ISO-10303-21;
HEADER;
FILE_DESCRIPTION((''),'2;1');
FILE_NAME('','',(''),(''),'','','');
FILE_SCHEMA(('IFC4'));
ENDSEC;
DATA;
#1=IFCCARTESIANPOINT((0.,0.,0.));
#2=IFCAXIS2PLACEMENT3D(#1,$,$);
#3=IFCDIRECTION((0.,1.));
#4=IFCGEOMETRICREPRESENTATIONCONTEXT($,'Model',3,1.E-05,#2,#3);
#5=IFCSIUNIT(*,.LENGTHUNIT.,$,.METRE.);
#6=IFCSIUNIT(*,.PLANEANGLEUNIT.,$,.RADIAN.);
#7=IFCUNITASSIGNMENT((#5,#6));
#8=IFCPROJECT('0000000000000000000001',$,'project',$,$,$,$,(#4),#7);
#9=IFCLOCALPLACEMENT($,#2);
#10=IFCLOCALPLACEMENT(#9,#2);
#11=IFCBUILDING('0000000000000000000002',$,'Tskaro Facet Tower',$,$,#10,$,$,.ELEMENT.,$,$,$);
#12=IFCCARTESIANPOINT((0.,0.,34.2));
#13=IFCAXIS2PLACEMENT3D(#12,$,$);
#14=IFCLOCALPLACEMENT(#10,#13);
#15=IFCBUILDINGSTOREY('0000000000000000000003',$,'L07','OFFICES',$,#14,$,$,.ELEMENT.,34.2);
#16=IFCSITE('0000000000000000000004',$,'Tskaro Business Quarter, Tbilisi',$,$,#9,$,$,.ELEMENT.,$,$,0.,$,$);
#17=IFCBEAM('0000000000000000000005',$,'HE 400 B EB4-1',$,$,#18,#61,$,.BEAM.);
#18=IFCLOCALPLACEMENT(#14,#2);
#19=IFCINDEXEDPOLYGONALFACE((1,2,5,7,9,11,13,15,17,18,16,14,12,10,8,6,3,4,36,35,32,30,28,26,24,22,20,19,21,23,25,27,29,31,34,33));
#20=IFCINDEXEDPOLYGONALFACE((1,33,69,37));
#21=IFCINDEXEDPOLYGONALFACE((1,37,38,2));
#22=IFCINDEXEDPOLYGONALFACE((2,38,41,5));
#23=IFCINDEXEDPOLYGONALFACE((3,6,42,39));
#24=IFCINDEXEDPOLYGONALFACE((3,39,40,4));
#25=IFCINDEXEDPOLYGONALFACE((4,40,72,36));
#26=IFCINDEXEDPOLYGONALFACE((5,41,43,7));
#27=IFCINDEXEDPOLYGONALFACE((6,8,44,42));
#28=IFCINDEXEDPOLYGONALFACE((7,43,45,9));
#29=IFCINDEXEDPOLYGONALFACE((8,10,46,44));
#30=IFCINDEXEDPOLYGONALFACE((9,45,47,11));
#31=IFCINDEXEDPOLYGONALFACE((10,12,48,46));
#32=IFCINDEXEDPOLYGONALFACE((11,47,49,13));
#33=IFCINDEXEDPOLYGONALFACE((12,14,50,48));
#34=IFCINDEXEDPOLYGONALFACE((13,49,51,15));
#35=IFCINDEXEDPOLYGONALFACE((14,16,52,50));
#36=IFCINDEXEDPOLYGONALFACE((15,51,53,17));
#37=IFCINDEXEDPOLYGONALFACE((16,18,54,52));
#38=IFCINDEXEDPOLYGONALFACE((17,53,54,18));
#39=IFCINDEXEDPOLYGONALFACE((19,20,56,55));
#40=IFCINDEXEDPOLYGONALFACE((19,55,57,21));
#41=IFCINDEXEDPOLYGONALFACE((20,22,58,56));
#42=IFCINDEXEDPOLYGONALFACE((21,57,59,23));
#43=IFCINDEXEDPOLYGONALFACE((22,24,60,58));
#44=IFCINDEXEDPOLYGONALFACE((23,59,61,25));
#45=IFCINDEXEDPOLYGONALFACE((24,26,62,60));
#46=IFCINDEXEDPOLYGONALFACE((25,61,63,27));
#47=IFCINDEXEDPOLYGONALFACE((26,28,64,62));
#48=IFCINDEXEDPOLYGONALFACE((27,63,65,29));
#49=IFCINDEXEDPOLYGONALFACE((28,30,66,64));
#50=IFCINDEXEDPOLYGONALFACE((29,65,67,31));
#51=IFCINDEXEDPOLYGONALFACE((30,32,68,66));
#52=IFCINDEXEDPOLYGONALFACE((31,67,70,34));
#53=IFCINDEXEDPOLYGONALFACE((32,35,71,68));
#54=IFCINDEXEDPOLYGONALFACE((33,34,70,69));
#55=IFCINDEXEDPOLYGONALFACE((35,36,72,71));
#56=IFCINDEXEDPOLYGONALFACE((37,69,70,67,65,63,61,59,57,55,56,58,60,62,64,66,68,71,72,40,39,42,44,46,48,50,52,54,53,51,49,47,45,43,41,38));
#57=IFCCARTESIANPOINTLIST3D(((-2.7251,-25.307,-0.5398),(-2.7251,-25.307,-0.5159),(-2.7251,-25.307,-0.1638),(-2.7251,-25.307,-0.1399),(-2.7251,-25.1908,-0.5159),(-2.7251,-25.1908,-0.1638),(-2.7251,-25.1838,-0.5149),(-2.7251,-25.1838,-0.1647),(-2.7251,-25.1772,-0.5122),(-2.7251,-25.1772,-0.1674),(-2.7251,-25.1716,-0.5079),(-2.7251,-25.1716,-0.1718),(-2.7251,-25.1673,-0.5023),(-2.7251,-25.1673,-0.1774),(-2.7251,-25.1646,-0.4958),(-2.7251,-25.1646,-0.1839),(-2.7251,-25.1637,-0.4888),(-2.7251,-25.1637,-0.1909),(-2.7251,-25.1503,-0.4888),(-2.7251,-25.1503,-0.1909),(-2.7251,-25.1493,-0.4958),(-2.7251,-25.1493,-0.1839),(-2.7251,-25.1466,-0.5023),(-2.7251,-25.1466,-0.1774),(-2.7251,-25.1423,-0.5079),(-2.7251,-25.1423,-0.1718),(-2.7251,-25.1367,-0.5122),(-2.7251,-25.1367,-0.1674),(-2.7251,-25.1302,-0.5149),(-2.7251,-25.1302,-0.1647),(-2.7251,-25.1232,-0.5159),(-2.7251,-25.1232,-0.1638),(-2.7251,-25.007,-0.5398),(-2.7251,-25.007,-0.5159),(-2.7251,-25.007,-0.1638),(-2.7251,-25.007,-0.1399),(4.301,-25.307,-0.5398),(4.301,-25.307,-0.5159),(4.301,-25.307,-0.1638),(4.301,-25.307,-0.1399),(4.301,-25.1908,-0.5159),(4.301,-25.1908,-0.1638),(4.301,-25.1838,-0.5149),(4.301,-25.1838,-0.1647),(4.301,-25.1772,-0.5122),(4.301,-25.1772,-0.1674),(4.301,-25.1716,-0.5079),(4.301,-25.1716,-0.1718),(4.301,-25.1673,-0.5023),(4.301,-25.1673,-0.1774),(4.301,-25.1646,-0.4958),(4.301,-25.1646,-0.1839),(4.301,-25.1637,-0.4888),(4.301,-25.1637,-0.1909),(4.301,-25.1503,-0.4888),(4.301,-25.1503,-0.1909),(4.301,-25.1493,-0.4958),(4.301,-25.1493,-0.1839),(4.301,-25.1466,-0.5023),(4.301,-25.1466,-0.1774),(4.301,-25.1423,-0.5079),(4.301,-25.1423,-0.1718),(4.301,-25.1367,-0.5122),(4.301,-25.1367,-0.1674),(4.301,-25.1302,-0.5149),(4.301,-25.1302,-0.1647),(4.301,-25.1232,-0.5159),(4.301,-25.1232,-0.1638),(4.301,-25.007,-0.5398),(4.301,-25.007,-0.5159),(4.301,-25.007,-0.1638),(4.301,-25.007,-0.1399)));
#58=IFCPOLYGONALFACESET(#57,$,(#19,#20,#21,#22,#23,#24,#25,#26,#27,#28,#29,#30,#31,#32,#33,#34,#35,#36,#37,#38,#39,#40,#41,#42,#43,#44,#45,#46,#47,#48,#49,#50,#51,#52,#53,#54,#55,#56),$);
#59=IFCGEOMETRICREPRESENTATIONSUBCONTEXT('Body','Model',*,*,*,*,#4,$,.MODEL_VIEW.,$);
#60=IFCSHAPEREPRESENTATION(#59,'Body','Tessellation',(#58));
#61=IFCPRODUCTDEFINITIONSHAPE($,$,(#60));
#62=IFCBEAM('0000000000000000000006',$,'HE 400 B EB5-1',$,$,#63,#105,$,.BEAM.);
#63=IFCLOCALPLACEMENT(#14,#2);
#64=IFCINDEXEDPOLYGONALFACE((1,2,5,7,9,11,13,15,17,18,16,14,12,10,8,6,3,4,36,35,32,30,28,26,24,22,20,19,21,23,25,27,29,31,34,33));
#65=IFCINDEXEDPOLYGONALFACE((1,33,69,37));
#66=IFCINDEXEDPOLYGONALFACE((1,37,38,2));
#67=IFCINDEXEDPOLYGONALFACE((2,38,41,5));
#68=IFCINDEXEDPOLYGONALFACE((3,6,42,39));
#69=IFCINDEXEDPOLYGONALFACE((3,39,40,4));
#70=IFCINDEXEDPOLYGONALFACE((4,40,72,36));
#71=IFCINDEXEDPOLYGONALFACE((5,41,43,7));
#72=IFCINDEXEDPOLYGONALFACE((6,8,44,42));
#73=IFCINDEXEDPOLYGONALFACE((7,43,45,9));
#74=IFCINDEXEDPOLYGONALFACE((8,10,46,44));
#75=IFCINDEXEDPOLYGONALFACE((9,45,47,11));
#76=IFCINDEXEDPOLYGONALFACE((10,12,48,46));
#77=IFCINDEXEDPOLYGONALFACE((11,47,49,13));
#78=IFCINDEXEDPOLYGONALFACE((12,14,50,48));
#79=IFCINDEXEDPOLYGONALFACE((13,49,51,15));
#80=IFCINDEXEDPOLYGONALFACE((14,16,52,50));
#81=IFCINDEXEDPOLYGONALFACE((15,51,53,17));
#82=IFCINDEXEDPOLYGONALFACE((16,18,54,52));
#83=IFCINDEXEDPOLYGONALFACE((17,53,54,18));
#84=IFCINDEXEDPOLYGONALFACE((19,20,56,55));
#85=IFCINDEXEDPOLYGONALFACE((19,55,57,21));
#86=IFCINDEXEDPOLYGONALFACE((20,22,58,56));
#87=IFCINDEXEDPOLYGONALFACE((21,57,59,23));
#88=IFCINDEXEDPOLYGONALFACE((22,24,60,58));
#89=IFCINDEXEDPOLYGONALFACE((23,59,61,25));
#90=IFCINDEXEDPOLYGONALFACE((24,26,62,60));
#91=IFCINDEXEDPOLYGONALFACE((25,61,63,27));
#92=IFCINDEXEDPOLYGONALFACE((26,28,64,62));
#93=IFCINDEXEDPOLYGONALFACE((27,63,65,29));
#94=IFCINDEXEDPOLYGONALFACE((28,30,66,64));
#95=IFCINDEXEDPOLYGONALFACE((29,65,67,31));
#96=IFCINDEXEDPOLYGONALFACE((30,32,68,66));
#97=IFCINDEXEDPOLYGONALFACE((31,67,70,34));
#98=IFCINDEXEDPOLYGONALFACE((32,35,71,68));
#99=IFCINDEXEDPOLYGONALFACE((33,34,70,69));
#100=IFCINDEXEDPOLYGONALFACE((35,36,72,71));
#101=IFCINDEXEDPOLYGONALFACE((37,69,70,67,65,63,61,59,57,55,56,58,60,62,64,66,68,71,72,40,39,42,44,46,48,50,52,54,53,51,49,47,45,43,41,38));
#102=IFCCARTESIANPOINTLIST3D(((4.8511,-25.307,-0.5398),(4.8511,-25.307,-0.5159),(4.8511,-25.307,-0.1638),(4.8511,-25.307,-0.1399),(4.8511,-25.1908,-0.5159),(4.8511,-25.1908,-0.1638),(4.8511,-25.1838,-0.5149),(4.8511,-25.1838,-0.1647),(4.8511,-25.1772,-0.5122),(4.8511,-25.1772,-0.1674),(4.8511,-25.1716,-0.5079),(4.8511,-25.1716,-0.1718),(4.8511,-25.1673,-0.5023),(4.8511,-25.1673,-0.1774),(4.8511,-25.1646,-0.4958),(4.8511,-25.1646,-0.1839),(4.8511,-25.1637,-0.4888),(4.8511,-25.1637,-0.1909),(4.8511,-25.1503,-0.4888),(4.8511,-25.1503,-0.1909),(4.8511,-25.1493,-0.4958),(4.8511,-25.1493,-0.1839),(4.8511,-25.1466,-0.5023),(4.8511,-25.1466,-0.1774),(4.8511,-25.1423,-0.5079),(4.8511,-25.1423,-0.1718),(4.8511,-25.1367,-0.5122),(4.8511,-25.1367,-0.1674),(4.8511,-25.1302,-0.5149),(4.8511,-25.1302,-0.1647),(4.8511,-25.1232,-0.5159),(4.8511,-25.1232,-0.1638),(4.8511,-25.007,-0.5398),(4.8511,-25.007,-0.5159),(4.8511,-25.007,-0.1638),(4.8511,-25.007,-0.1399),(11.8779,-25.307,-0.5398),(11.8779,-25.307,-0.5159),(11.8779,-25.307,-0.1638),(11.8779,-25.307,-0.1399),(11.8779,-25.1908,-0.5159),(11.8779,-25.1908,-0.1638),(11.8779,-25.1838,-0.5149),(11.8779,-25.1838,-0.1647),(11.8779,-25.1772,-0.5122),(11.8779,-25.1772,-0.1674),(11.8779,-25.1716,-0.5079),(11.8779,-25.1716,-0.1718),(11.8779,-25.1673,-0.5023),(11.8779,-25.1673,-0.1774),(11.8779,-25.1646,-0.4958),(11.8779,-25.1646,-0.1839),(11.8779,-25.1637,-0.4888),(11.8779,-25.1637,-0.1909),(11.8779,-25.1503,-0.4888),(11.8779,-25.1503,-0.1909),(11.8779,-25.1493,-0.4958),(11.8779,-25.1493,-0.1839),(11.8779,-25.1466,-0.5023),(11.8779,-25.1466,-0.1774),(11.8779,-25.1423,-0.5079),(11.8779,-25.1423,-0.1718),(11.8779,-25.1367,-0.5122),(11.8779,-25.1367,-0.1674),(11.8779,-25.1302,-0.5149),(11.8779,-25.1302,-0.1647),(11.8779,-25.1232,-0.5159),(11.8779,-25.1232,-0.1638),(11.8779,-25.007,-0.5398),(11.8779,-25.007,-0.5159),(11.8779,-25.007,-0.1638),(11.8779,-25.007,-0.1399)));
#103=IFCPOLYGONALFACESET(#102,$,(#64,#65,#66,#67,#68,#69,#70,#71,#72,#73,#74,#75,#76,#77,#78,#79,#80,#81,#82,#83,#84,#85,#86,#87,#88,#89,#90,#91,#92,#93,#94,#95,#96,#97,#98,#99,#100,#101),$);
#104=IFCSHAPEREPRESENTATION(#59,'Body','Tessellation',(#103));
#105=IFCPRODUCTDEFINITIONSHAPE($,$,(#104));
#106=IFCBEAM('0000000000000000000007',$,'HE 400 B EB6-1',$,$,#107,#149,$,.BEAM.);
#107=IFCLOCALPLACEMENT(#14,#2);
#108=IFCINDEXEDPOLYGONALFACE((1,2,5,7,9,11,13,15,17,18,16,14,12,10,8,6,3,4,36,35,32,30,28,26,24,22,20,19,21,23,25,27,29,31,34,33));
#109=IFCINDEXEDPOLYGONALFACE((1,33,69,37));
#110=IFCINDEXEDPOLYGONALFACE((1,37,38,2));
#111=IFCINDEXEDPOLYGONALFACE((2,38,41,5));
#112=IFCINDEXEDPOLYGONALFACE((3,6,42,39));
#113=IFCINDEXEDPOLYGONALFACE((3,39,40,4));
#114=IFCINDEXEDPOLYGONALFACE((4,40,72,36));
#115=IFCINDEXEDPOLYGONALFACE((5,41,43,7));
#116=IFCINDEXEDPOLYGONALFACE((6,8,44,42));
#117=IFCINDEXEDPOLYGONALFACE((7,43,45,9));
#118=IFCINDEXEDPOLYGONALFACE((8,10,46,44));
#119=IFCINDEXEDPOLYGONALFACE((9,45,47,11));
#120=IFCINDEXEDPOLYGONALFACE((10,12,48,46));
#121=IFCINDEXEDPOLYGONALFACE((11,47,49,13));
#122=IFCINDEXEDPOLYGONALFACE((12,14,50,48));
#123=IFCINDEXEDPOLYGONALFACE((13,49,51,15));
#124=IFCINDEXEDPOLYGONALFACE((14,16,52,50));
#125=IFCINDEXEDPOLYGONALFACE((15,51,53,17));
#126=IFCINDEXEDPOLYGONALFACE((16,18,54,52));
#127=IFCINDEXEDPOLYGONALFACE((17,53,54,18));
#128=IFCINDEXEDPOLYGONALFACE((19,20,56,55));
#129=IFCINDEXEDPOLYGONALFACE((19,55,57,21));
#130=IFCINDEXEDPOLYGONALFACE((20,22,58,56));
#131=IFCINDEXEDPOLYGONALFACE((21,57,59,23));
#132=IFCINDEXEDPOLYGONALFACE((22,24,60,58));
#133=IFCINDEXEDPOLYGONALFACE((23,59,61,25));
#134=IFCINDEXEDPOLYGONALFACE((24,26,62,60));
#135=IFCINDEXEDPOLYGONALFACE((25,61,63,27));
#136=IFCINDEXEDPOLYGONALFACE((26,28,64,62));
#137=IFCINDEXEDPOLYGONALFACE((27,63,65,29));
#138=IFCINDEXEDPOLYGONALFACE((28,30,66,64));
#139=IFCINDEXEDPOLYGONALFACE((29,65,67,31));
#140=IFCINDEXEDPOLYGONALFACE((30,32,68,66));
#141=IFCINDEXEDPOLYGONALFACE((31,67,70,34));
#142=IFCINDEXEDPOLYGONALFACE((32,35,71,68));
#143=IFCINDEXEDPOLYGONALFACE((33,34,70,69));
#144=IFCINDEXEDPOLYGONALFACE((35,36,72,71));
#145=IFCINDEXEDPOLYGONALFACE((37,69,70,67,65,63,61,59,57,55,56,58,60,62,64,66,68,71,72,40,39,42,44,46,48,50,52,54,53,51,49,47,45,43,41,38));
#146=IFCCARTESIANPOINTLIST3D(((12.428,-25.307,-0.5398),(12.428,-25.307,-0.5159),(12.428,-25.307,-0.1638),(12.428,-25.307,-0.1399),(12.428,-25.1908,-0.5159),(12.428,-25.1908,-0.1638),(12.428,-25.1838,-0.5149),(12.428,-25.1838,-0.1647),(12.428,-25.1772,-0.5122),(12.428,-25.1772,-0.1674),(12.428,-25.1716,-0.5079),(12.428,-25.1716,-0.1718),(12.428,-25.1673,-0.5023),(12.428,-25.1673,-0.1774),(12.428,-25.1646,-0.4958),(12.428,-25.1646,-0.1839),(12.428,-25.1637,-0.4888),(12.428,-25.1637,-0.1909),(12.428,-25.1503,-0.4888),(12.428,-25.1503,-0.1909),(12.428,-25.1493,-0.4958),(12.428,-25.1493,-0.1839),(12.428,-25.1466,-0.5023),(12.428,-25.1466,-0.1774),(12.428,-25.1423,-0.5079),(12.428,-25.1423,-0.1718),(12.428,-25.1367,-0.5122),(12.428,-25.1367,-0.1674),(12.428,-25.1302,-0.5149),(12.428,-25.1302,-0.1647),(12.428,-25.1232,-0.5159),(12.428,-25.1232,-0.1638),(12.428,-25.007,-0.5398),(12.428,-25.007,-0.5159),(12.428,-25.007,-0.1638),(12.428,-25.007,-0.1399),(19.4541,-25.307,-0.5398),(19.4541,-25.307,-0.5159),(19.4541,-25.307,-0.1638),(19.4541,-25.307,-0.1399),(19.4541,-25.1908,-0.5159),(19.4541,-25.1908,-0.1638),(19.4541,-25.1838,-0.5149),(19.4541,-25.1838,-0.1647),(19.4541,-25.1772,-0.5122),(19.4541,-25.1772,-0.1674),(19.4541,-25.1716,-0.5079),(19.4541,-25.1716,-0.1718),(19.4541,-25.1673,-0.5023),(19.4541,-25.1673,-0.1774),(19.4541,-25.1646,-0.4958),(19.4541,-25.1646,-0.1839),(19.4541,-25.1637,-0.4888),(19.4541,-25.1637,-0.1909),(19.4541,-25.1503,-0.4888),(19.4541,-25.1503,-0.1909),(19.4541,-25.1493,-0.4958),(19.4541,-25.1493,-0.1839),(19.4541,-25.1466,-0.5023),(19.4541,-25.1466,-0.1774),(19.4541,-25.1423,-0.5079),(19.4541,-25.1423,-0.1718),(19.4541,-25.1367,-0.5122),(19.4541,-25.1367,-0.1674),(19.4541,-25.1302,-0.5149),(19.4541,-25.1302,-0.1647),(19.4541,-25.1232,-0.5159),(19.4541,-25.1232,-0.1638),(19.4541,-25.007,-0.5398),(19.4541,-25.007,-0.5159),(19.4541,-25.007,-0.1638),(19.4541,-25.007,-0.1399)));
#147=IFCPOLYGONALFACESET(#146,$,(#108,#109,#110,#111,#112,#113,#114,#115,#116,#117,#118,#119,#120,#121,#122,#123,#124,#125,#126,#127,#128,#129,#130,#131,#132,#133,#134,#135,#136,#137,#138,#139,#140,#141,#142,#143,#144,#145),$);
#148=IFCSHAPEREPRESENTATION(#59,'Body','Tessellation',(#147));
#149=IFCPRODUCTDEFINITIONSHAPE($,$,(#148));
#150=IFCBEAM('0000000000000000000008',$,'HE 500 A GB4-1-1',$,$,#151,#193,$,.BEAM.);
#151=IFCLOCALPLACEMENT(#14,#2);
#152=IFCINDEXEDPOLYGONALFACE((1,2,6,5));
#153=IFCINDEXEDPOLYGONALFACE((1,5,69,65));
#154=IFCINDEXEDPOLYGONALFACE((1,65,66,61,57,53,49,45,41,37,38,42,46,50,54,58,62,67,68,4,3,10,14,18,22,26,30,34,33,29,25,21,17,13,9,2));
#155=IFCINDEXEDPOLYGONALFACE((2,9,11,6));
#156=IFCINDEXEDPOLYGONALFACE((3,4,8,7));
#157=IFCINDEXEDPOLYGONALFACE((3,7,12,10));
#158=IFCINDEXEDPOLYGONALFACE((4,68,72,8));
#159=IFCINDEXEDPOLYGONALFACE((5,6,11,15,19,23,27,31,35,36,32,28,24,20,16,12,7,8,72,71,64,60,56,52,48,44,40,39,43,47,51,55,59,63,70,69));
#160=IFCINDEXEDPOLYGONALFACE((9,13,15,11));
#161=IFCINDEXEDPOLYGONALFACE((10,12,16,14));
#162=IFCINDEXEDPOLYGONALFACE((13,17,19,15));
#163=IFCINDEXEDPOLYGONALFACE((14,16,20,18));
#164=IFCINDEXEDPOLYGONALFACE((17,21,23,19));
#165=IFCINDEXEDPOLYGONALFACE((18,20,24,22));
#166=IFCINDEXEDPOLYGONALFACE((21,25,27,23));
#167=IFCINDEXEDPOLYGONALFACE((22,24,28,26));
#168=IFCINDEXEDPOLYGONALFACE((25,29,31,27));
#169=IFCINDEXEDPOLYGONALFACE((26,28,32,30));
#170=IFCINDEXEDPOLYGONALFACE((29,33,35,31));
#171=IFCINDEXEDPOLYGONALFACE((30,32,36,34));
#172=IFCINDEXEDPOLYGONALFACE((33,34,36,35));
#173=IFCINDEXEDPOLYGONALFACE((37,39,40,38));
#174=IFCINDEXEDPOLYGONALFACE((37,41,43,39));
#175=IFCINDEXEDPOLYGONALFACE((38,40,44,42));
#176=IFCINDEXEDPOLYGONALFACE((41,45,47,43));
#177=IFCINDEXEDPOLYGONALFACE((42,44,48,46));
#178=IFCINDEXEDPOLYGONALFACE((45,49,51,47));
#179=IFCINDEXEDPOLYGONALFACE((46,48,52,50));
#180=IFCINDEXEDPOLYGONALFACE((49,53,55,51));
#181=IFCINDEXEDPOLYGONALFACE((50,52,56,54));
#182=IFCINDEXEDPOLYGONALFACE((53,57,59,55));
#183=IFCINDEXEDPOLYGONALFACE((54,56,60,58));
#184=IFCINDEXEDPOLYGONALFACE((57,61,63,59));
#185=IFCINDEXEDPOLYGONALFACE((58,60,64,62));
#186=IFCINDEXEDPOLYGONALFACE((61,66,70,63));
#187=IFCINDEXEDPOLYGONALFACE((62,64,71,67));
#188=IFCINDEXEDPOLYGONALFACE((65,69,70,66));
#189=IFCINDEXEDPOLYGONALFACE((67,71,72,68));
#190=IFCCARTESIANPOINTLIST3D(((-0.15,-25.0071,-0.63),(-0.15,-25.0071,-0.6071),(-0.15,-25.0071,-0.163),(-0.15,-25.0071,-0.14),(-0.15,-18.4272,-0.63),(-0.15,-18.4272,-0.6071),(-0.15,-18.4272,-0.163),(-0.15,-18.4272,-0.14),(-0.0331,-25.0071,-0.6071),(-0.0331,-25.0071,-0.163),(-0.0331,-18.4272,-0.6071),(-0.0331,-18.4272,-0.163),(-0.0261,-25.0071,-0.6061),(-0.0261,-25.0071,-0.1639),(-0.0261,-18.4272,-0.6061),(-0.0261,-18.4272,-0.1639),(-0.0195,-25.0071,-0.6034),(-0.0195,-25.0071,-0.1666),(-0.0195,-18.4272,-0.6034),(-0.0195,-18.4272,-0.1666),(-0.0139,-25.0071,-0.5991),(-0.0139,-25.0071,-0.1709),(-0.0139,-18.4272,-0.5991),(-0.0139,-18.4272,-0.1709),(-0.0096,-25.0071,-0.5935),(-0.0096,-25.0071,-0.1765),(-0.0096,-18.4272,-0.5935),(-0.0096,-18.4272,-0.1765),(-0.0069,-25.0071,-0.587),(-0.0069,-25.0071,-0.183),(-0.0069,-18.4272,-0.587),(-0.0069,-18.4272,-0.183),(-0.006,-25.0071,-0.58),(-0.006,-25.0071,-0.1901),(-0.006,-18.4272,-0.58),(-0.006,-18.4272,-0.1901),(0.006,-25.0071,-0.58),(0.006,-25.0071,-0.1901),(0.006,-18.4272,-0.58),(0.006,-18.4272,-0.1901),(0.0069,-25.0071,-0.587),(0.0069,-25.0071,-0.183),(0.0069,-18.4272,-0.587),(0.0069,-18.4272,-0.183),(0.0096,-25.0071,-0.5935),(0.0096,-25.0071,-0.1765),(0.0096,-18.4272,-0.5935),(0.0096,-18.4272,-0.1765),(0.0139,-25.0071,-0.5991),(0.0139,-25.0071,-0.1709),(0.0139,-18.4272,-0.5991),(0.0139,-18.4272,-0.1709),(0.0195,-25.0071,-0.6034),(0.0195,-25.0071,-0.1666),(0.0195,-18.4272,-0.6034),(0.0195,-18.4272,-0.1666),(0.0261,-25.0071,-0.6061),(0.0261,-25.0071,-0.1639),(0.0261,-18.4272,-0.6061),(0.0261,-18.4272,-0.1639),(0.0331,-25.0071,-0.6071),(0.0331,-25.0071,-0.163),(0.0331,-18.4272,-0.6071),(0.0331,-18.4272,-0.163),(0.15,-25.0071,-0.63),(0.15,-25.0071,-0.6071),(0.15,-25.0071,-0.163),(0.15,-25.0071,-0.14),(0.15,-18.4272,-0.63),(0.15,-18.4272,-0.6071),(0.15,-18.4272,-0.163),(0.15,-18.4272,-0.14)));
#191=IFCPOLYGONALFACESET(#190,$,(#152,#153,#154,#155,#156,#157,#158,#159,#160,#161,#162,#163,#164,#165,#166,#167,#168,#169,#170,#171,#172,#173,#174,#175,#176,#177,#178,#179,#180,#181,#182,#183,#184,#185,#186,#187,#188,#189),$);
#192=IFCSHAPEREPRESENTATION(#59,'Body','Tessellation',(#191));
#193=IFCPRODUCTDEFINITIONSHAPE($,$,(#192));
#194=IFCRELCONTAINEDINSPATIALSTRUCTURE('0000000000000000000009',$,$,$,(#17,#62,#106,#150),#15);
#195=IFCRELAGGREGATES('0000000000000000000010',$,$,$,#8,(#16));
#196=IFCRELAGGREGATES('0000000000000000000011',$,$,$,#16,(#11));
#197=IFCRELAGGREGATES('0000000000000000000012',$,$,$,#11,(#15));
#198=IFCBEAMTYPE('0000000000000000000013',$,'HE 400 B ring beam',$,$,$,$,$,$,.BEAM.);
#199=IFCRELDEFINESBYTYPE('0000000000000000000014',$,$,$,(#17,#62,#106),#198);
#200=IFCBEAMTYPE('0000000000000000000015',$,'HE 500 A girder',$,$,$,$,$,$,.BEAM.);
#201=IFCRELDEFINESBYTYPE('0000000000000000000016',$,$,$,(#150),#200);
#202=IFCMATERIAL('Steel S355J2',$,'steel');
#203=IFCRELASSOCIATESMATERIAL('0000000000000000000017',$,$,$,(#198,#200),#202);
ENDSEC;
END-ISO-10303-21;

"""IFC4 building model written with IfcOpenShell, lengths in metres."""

from ifc_helpers import new_model, si_unit, direction, frame, origin, origin_2d, place, context, subcontext, project, spatial, i_section, extrude, material, material_profile, profile_set, type_object, element, save


model = new_model("IFC4")

# Units and contexts
model_context = context("Model", 3, precision=1e-05, world=origin(), true_north=direction((0.0, 1.0)))
body_context = subcontext(model_context, "Body", "Model", "MODEL_VIEW")
ifc_project = project(units=[si_unit("LENGTHUNIT", "METRE"), si_unit("PLANEANGLEUNIT", "RADIAN")], contexts=[model_context])

# Site, building, storey
site_placement = place(None, origin())
site = spatial("IfcSite", under=ifc_project, at=site_placement, Name="Tskaro Business Quarter, Tbilisi", CompositionType="ELEMENT", RefElevation=0.0)
building_placement = place(site_placement, origin())
building = spatial("IfcBuilding", under=site, at=building_placement, Name="Tskaro Facet Tower", CompositionType="ELEMENT")
storey_placement = place(building_placement, frame((0.0, 0.0, 34.2)))
storey = spatial("IfcBuildingStorey", under=building, at=storey_placement, Name="L07", Description="OFFICES", CompositionType="ELEMENT", Elevation=34.2)

# Beams
ifc_material_1 = material(Name="Steel S355J2", Category="steel")
ifc_material_profile_1 = material_profile(ifc_material_1, i_section(OverallWidth=0.3, OverallDepth=0.3999, WebThickness=0.0134, FlangeThickness=0.0239, FilletRadius=0.0271, at=origin_2d()), Name="HE 400 B")
ifc_profile_set_1 = profile_set([ifc_material_profile_1], Name="Steel S355J2")
beam_type_1 = type_object("IfcBeamType", Name="HE 400 B ring beam", PredefinedType="BEAM", material=ifc_profile_set_1)
beam_1_placement = place(storey_placement, frame((-2.7251, -25.157, -0.3398), z_axis=(1.0, 0.0, 0.0), x_axis=(0.0, 1.0, 0.0)))
element("IfcBeam", 1, at=beam_1_placement, inside=storey, type_object=beam_type_1, Name="HE 400 B EB4-1", PredefinedType="BEAM", context=body_context, shape_type="SweptSolid", body=[
    extrude(i_section(OverallWidth=0.3, OverallDepth=0.3999, WebThickness=0.0134, FlangeThickness=0.0239, FilletRadius=0.0271, at=origin_2d()), origin(), (0.0, 0.0, 1.0), 7.0261),
])
beam_2_placement = place(storey_placement, frame((4.8511, -25.157, -0.3398), z_axis=(1.0, 0.0, 0.0), x_axis=(0.0, 1.0, 0.0)))
element("IfcBeam", 2, at=beam_2_placement, inside=storey, type_object=beam_type_1, Name="HE 400 B EB5-1", PredefinedType="BEAM", context=body_context, shape_type="SweptSolid", body=[
    extrude(i_section(OverallWidth=0.3, OverallDepth=0.3999, WebThickness=0.0134, FlangeThickness=0.0239, FilletRadius=0.0271, at=origin_2d()), origin(), (0.0, 0.0, 1.0), 7.0269),
])
beam_3_placement = place(storey_placement, frame((12.428, -25.157, -0.3398), z_axis=(1.0, 0.0, 0.0), x_axis=(0.0, 1.0, 0.0)))
element("IfcBeam", 3, at=beam_3_placement, inside=storey, type_object=beam_type_1, Name="HE 400 B EB6-1", PredefinedType="BEAM", context=body_context, shape_type="SweptSolid", body=[
    extrude(i_section(OverallWidth=0.3, OverallDepth=0.3999, WebThickness=0.0134, FlangeThickness=0.0239, FilletRadius=0.0271, at=origin_2d()), origin(), (0.0, 0.0, 1.0), 7.0261),
])
ifc_material_profile_2 = material_profile(ifc_material_1, i_section(OverallWidth=0.3, OverallDepth=0.49, WebThickness=0.012, FlangeThickness=0.0229, FilletRadius=0.0271, at=origin_2d()), Name="HE 500 A")
ifc_profile_set_2 = profile_set([ifc_material_profile_2], Name="Steel S355J2")
beam_type_2 = type_object("IfcBeamType", Name="HE 500 A girder", PredefinedType="BEAM", material=ifc_profile_set_2)
beam_4_placement = place(storey_placement, frame((0.0, -25.0071, -0.385), z_axis=(0.0, 1.0, 0.0), x_axis=(-1.0, 0.0, 0.0)))
element("IfcBeam", 4, at=beam_4_placement, inside=storey, type_object=beam_type_2, Name="HE 500 A GB4-1-1", PredefinedType="BEAM", context=body_context, shape_type="SweptSolid", body=[
    extrude(i_section(OverallWidth=0.3, OverallDepth=0.49, WebThickness=0.012, FlangeThickness=0.0229, FilletRadius=0.0271, at=origin_2d()), origin(), (0.0, 0.0, 1.0), 6.5798),
])

save(model, "model.ifc")
